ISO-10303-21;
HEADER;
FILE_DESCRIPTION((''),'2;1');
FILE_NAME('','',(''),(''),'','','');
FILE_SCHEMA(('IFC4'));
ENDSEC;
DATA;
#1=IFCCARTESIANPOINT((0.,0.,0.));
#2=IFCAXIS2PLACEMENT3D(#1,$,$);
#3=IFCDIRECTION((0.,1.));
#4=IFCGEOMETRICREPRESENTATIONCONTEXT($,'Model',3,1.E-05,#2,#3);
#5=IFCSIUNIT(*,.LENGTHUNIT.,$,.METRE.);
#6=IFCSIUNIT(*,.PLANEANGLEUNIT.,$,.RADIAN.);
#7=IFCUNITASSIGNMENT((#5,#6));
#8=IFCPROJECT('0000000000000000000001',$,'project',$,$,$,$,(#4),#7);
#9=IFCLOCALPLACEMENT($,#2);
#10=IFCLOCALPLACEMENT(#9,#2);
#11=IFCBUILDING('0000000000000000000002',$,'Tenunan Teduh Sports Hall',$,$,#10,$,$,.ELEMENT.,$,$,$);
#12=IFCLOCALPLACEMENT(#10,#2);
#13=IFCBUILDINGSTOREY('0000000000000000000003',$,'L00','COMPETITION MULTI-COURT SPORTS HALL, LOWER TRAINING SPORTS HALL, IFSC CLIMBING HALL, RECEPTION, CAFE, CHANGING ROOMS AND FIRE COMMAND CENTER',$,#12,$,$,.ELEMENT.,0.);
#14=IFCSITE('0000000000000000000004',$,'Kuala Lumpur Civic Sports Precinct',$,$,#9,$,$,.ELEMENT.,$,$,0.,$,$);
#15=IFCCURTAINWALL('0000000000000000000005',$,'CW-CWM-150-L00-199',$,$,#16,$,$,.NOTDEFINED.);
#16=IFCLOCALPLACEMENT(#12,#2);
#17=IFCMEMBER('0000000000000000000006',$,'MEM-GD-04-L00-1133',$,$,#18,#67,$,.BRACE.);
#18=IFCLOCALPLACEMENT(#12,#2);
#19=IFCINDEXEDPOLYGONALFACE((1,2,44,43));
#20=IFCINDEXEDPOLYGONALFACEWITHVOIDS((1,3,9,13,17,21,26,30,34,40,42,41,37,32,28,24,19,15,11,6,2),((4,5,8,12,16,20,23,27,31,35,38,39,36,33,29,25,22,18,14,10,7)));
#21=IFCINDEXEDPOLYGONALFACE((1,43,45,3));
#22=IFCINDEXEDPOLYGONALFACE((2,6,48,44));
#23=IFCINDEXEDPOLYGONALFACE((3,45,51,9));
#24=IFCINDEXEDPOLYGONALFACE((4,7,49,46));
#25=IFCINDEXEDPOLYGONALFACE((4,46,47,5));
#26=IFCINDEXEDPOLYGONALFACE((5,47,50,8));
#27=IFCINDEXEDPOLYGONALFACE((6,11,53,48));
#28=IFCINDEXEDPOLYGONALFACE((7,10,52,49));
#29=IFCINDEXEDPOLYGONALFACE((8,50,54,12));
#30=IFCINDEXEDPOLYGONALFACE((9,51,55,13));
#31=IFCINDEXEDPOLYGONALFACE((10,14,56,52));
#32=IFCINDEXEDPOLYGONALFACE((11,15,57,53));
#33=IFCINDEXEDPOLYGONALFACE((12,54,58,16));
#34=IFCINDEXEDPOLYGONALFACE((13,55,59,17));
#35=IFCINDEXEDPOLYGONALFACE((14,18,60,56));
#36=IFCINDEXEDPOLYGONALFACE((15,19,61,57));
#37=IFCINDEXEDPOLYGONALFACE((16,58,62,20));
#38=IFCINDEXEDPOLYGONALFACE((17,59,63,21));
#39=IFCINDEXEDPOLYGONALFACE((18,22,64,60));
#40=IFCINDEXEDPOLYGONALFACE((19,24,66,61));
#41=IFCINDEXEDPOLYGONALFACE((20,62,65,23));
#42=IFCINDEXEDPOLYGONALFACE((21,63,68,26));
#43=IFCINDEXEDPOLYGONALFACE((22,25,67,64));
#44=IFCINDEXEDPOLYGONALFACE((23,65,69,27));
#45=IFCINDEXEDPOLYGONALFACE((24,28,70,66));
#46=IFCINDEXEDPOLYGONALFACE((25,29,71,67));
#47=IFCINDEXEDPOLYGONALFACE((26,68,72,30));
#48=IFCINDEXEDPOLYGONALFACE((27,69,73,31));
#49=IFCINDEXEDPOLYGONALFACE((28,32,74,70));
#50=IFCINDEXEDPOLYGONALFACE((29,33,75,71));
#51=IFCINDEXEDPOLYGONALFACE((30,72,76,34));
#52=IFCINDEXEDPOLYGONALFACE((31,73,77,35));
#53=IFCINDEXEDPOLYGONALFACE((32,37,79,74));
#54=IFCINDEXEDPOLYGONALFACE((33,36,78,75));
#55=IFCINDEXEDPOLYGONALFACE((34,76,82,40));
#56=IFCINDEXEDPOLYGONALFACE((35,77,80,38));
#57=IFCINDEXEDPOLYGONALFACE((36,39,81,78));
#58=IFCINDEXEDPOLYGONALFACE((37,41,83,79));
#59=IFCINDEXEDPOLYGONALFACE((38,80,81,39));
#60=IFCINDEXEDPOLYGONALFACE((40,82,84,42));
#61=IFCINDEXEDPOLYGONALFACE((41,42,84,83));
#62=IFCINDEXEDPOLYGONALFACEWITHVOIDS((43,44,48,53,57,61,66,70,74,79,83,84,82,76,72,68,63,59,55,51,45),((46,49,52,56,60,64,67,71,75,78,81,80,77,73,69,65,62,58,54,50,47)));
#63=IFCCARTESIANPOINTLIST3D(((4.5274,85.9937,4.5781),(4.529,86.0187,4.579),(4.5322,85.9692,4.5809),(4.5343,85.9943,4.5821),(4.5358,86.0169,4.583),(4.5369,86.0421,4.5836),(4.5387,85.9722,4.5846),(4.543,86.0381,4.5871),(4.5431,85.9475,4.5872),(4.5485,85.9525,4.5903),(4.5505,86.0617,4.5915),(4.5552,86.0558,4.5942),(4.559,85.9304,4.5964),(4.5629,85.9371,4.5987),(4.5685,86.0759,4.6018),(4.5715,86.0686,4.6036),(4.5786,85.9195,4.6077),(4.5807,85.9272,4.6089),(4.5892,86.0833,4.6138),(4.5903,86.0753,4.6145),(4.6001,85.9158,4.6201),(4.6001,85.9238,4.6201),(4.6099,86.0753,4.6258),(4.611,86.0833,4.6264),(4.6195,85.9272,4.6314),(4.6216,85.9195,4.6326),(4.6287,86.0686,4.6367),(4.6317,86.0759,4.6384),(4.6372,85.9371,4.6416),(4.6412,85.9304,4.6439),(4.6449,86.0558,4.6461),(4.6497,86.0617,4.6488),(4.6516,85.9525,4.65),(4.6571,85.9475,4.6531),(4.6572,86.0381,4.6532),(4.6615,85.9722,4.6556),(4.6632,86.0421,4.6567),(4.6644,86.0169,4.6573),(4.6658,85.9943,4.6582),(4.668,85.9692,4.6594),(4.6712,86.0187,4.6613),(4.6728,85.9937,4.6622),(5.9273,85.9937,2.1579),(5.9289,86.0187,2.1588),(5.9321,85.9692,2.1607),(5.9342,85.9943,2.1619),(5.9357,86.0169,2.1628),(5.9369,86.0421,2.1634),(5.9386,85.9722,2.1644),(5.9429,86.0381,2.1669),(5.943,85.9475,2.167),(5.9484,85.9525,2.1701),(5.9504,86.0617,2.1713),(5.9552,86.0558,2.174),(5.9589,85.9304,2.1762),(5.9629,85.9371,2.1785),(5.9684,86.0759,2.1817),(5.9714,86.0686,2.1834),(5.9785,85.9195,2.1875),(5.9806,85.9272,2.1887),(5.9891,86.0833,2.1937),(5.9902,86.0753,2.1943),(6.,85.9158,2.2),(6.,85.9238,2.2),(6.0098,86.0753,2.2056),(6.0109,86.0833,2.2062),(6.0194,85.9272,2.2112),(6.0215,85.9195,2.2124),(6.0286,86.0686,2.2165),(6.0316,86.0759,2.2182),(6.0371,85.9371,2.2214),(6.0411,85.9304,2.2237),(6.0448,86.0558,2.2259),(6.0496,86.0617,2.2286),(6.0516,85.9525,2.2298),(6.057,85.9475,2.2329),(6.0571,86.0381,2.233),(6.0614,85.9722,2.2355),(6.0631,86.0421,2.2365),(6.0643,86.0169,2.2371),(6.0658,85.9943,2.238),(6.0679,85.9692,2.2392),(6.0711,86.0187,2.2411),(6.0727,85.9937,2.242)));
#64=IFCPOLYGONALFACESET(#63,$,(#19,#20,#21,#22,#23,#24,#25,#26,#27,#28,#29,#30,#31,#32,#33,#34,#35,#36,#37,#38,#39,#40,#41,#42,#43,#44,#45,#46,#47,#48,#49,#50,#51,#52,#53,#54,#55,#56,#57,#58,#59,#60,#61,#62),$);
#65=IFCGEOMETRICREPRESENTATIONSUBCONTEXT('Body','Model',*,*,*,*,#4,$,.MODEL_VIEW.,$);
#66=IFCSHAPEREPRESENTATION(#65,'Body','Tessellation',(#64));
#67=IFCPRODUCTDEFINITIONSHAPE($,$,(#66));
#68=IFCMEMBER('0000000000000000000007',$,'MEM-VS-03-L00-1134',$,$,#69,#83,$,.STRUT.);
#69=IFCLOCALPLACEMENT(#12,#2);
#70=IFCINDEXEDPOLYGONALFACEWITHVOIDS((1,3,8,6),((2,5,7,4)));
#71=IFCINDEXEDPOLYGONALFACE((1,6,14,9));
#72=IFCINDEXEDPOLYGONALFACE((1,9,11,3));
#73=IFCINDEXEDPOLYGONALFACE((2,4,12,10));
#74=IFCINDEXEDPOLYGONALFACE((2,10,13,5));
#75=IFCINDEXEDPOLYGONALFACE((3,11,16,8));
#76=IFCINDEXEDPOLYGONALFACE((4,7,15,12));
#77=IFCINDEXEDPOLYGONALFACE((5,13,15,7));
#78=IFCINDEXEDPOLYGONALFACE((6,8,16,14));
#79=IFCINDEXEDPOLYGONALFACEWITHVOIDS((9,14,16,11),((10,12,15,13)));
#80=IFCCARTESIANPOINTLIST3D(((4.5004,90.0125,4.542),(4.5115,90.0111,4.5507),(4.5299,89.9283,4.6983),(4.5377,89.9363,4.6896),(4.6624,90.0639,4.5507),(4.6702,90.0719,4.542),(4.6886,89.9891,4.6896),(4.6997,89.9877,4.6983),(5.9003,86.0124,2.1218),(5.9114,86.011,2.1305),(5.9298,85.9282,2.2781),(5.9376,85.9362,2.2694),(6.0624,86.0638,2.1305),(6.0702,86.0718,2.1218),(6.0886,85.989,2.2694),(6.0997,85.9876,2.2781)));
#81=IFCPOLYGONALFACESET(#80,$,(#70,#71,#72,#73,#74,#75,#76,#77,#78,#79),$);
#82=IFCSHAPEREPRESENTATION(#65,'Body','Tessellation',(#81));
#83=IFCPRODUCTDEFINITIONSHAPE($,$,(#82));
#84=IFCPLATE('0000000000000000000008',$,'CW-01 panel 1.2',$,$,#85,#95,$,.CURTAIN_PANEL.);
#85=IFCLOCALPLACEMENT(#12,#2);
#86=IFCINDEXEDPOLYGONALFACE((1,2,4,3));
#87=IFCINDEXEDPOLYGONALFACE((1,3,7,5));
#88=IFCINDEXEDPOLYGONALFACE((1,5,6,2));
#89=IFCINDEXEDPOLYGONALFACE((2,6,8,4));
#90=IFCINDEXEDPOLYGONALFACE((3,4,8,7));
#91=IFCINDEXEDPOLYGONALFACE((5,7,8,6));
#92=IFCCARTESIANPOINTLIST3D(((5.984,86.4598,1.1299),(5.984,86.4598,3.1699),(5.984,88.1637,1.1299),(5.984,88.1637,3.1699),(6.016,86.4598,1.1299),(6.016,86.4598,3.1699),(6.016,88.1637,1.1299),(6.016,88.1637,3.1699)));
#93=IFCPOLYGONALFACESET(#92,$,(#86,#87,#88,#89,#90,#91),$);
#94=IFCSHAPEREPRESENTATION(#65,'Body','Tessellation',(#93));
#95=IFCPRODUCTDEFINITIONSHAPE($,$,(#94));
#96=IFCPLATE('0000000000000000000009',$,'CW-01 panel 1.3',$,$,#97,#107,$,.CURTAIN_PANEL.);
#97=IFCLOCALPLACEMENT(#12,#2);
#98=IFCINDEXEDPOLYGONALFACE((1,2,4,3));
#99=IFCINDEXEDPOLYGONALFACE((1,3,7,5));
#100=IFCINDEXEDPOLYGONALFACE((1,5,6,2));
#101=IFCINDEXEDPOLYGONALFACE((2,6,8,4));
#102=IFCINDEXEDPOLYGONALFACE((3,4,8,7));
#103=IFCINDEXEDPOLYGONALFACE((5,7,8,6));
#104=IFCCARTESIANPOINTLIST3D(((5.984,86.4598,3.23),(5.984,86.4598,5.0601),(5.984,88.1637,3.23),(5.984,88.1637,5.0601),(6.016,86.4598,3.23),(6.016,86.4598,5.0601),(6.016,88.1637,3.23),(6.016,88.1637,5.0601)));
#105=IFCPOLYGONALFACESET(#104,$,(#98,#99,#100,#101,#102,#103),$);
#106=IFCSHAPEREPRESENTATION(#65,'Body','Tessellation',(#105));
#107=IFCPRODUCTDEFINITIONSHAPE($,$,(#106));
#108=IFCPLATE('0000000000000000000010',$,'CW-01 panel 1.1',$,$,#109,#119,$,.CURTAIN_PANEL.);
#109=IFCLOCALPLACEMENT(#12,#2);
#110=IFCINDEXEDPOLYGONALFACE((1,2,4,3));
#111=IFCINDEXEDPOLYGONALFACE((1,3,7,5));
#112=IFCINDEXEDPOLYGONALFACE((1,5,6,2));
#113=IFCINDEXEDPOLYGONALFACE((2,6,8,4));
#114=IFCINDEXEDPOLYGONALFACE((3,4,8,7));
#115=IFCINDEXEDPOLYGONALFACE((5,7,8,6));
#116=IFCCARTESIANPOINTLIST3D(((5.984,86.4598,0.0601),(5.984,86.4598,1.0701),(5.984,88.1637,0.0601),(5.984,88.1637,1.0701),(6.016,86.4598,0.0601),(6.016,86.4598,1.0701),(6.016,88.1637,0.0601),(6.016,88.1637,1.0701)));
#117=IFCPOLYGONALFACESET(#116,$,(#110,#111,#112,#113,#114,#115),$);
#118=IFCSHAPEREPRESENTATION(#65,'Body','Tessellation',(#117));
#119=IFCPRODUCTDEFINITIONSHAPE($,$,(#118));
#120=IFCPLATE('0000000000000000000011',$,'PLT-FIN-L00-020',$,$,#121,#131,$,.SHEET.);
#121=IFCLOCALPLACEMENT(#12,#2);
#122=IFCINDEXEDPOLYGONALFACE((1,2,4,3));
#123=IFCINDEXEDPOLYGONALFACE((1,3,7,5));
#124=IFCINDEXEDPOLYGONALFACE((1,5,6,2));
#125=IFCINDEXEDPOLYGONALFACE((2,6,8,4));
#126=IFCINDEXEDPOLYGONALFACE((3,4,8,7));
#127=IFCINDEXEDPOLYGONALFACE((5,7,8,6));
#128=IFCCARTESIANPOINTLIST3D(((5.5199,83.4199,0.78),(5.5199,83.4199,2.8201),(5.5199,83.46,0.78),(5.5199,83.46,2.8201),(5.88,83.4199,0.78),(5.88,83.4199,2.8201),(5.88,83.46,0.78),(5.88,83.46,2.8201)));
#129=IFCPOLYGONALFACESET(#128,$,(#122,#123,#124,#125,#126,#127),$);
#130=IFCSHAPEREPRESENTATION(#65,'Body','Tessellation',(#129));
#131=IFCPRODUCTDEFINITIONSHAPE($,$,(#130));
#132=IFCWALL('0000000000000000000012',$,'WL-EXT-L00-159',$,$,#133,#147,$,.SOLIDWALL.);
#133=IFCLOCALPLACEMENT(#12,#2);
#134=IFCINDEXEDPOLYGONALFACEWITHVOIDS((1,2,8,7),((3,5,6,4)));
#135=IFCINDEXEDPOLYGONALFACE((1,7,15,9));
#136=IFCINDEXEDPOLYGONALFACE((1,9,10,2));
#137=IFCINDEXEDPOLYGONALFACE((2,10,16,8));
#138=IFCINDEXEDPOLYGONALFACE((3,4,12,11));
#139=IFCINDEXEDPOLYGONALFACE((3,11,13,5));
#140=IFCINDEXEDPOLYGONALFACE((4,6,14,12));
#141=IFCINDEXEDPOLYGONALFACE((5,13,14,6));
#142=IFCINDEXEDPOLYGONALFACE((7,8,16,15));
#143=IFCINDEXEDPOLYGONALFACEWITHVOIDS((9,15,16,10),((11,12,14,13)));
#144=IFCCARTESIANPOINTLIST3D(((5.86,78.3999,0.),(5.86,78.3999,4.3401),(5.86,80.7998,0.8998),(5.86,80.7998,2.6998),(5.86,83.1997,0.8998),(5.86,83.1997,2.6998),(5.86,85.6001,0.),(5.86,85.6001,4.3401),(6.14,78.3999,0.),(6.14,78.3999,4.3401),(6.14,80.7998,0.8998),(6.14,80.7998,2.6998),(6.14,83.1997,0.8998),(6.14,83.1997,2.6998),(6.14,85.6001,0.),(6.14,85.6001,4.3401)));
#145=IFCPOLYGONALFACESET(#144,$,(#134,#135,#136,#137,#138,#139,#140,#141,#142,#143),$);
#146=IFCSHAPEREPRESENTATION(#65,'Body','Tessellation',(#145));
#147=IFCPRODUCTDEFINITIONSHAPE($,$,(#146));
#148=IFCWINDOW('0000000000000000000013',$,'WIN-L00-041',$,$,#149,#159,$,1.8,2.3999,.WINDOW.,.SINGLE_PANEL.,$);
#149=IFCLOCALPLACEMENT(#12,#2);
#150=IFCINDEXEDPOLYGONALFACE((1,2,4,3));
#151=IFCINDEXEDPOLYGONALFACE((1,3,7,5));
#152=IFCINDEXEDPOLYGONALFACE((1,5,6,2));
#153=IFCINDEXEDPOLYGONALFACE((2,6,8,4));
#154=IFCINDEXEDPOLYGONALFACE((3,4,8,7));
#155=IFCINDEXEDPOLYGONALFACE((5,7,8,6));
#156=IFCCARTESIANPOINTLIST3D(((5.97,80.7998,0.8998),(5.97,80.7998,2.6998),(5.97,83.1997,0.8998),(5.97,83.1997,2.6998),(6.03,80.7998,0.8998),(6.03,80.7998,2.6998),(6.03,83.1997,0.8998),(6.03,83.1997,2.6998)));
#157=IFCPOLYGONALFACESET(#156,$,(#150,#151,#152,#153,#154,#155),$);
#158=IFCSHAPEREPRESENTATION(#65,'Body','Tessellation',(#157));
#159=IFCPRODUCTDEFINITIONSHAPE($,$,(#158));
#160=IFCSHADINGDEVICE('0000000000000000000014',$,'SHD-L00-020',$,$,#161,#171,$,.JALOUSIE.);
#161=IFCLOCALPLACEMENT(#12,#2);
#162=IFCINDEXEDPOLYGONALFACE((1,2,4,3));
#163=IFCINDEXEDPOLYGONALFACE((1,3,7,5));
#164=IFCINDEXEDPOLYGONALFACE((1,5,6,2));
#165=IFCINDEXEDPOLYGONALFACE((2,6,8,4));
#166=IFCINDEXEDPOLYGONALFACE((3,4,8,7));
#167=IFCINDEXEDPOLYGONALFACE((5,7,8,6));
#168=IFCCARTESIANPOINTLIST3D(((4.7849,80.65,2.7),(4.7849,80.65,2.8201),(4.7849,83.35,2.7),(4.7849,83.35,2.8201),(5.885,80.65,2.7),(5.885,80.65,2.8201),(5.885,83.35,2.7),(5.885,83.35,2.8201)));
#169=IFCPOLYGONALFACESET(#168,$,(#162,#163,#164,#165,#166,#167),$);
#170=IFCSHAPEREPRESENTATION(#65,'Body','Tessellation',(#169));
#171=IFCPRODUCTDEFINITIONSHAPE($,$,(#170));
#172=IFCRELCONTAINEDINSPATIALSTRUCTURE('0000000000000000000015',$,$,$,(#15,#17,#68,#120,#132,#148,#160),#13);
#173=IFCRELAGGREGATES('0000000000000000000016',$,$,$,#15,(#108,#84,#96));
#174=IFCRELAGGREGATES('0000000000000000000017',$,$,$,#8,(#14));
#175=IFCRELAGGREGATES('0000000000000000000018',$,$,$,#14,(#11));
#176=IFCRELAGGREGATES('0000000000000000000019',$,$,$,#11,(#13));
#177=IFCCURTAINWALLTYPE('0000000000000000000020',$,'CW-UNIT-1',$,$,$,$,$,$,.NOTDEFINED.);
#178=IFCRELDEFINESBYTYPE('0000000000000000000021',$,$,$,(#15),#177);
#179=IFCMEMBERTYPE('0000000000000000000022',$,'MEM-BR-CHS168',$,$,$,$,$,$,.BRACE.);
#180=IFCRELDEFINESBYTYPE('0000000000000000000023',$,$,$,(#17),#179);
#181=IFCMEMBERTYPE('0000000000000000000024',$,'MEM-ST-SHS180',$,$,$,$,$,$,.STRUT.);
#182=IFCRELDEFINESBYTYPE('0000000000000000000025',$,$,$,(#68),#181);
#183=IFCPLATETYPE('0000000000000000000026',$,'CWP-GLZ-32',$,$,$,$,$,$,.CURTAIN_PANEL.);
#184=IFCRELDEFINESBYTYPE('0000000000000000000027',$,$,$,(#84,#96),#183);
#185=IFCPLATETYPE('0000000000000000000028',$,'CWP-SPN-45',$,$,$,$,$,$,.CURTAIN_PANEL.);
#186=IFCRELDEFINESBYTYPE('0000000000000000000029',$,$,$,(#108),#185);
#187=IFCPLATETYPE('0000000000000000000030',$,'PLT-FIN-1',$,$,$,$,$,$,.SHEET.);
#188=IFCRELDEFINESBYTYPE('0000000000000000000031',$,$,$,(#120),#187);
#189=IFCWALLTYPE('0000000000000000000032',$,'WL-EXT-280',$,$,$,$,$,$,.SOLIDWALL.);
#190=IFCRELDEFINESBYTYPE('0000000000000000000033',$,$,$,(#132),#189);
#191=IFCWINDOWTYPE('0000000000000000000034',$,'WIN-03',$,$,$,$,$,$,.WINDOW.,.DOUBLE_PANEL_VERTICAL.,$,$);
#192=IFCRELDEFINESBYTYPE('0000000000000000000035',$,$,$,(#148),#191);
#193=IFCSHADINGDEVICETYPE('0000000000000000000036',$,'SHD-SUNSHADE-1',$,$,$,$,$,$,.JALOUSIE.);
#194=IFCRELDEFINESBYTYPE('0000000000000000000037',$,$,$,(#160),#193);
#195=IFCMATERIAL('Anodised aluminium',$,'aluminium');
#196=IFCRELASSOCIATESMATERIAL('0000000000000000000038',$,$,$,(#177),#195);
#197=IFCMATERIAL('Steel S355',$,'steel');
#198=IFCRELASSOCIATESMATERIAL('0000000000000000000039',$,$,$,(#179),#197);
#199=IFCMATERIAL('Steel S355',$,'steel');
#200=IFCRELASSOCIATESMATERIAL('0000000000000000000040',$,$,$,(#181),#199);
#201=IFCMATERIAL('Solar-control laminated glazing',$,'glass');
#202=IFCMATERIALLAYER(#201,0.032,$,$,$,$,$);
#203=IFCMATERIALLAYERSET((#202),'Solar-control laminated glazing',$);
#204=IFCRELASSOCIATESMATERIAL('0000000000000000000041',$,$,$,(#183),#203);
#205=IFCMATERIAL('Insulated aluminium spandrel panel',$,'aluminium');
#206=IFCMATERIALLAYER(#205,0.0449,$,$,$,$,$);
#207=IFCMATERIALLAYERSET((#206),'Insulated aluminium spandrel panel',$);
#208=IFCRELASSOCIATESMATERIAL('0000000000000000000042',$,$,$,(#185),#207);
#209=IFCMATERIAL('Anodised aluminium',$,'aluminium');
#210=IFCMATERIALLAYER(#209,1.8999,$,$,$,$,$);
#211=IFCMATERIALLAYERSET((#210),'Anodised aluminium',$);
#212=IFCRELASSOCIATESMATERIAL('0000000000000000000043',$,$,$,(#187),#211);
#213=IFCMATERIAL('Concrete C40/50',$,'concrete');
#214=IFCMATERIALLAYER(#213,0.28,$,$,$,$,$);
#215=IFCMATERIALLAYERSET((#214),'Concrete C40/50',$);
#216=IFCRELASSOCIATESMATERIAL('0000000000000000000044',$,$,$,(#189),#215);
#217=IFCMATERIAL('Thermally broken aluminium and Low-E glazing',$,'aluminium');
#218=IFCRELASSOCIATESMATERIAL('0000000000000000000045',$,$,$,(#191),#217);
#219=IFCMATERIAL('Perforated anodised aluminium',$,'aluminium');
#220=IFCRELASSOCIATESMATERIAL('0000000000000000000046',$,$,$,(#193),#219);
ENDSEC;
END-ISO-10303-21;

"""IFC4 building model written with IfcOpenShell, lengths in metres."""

from ifc_helpers import new_model, si_unit, direction, frame, frame_2d, origin, origin_2d, place, context, subcontext, project, spatial, rectangle, hollow_rectangle, hollow_circle, extrude, material, layer, layer_set, material_profile, profile_set, type_object, element, fill, aggregate, save


model = new_model("IFC4")

# Units and contexts
model_context = context("Model", 3, precision=1e-05, world=origin(), true_north=direction((0.0, 1.0)))
body_context = subcontext(model_context, "Body", "Model", "MODEL_VIEW")
ifc_project = project(units=[si_unit("LENGTHUNIT", "METRE"), si_unit("PLANEANGLEUNIT", "RADIAN")], contexts=[model_context])

# Site, building, storey
site_placement = place(None, origin())
site = spatial("IfcSite", under=ifc_project, at=site_placement, Name="Kuala Lumpur Civic Sports Precinct", CompositionType="ELEMENT", RefElevation=0.0)
building_placement = place(site_placement, origin())
building = spatial("IfcBuilding", under=site, at=building_placement, Name="Tenunan Teduh Sports Hall", CompositionType="ELEMENT")
storey_placement = place(building_placement, origin())
storey = spatial("IfcBuildingStorey", under=building, at=storey_placement, Name="L00", Description="COMPETITION MULTI-COURT SPORTS HALL, LOWER TRAINING SPORTS HALL, IFSC CLIMBING HALL, RECEPTION, CAFE, CHANGING ROOMS AND FIRE COMMAND CENTER", CompositionType="ELEMENT", Elevation=0.0)

# Curtain wall
ifc_material_1 = material(Name="Anodised aluminium", Category="aluminium")
curtain_wall_type = type_object("IfcCurtainWallType", Name="CW-UNIT-1", PredefinedType="NOTDEFINED", material=ifc_material_1)
curtain_wall_placement = place(storey_placement, origin())
curtain_wall = element("IfcCurtainWall", 1, at=curtain_wall_placement, inside=storey, type_object=curtain_wall_type, Name="CW-CWM-150-L00-199", PredefinedType="NOTDEFINED")

# Members
ifc_material_2 = material(Name="Steel S355", Category="steel")
ifc_material_profile_1 = material_profile(ifc_material_2, hollow_circle(Radius=0.0842, WallThickness=0.0081, at=origin_2d()), Name="CHS 168.3x8.0")
ifc_profile_set_1 = profile_set([ifc_material_profile_1], Name="Steel S355")
member_type_1 = type_object("IfcMemberType", Name="MEM-BR-CHS168", PredefinedType="BRACE", material=ifc_profile_set_1)
member_1_placement = place(storey_placement, frame((6.0, 86.0, 2.2), z_axis=(-0.500702, 0.0, 0.86562), x_axis=(0.0, -1.0, 0.0)))
element("IfcMember", 2, at=member_1_placement, inside=storey, type_object=member_type_1, Name="MEM-GD-04-L00-1133", PredefinedType="BRACE", context=body_context, shape_type="SweptSolid", body=[
    extrude(hollow_circle(Radius=0.0842, WallThickness=0.0081, at=origin_2d()), origin(), (0.0, 0.0, 1.0), 2.7959),
])
ifc_material_3 = material(Name="Steel S355", Category="steel")
ifc_material_profile_2 = material_profile(ifc_material_3, hollow_rectangle(XDim=0.1799, YDim=0.1799, WallThickness=0.01, at=origin_2d()), Name="SHS 180x180x10.0")
ifc_profile_set_2 = profile_set([ifc_material_profile_2], Name="Steel S355")
member_type_2 = type_object("IfcMemberType", Name="MEM-ST-SHS180", PredefinedType="STRUT", material=ifc_profile_set_2)
member_2_placement = place(storey_placement, frame((6.0, 86.0, 2.2), z_axis=(-0.28685, 0.819629, 0.495909), x_axis=(-0.943866, -0.33033, 0.0)))
element("IfcMember", 3, at=member_2_placement, inside=storey, type_object=member_type_2, Name="MEM-VS-03-L00-1134", PredefinedType="STRUT", context=body_context, shape_type="SweptSolid", body=[
    extrude(hollow_rectangle(XDim=0.1799, YDim=0.1799, WallThickness=0.01, at=origin_2d()), origin(), (0.0, 0.0, 1.0), 4.8804),
])

# Plates
ifc_material_4 = material(Name="Solar-control laminated glazing", Category="glass")
ifc_layer_1 = layer(ifc_material_4, 0.032)
ifc_layer_set_1 = layer_set([ifc_layer_1], Name="Solar-control laminated glazing")
plate_type_1 = type_object("IfcPlateType", Name="CWP-GLZ-32", PredefinedType="CURTAIN_PANEL", material=ifc_layer_set_1)
plate_1_placement = place(storey_placement, frame((6.0, 87.3118, 1.1299), z_axis=(0.0, 0.0, 1.0), x_axis=(0.0, 1.0, 0.0)))
plate_1 = element("IfcPlate", 4, at=plate_1_placement, type_object=plate_type_1, Name="CW-01 panel 1.2", PredefinedType="CURTAIN_PANEL", context=body_context, shape_type="SweptSolid", body=[
    extrude(rectangle(XDim=1.7039, YDim=0.032, at=origin_2d()), origin(), (0.0, 0.0, 1.0), 2.04),
])
plate_2_placement = place(storey_placement, frame((6.0, 87.3118, 3.23), z_axis=(0.0, 0.0, 1.0), x_axis=(0.0, 1.0, 0.0)))
plate_2 = element("IfcPlate", 5, at=plate_2_placement, type_object=plate_type_1, Name="CW-01 panel 1.3", PredefinedType="CURTAIN_PANEL", context=body_context, shape_type="SweptSolid", body=[
    extrude(rectangle(XDim=1.7039, YDim=0.032, at=origin_2d()), origin(), (0.0, 0.0, 1.0), 1.8301),
])
ifc_material_5 = material(Name="Insulated aluminium spandrel panel", Category="aluminium")
ifc_layer_2 = layer(ifc_material_5, 0.0449)
ifc_layer_set_2 = layer_set([ifc_layer_2], Name="Insulated aluminium spandrel panel")
plate_type_2 = type_object("IfcPlateType", Name="CWP-SPN-45", PredefinedType="CURTAIN_PANEL", material=ifc_layer_set_2)
plate_3_placement = place(storey_placement, frame((6.0, 87.3118, 0.0601), z_axis=(0.0, 0.0, 1.0), x_axis=(0.0, 1.0, 0.0)))
plate_3 = element("IfcPlate", 6, at=plate_3_placement, type_object=plate_type_2, Name="CW-01 panel 1.1", PredefinedType="CURTAIN_PANEL", context=body_context, shape_type="SweptSolid", body=[
    extrude(rectangle(XDim=1.7039, YDim=0.032, at=origin_2d()), origin(), (0.0, 0.0, 1.0), 1.01),
])
aggregate(curtain_wall, [plate_3, plate_1, plate_2])
ifc_material_6 = material(Name="Anodised aluminium", Category="aluminium")
ifc_layer_3 = layer(ifc_material_6, 1.8999)
ifc_layer_set_3 = layer_set([ifc_layer_3], Name="Anodised aluminium")
plate_type_3 = type_object("IfcPlateType", Name="PLT-FIN-1", PredefinedType="SHEET", material=ifc_layer_set_3)
plate_4_placement = place(storey_placement, frame((5.7, 83.4399, 0.78), z_axis=(0.0, 0.0, 1.0), x_axis=(0.0, 1.0, 0.0)))
element("IfcPlate", 7, at=plate_4_placement, inside=storey, type_object=plate_type_3, Name="PLT-FIN-L00-020", PredefinedType="SHEET", context=body_context, shape_type="SweptSolid", body=[
    extrude(rectangle(XDim=0.04, YDim=0.3601, at=origin_2d()), origin(), (0.0, 0.0, 1.0), 2.04),
])

# Wall, opening, window
ifc_material_7 = material(Name="Concrete C40/50", Category="concrete")
ifc_layer_4 = layer(ifc_material_7, 0.28)
ifc_layer_set_4 = layer_set([ifc_layer_4], Name="Concrete C40/50")
wall_type = type_object("IfcWallType", Name="WL-EXT-280", PredefinedType="SOLIDWALL", material=ifc_layer_set_4)
wall_placement = place(storey_placement, frame((6.0, 78.3999, 0.0), z_axis=(0.0, 0.0, 1.0), x_axis=(0.0, 1.0, 0.0)))
wall = element("IfcWall", 8, at=wall_placement, inside=storey, type_object=wall_type, Name="WL-EXT-L00-159", PredefinedType="SOLIDWALL", context=body_context, shape_type="SweptSolid", body=[
    extrude(rectangle(XDim=7.2002, YDim=0.28, at=frame_2d((3.6001, 0.0))), origin(), (0.0, 0.0, 1.0), 4.3401),
])
opening_placement = place(wall_placement, frame((2.3999, 0.0, 0.8999)))
opening = element("IfcOpeningElement", 9, at=opening_placement, cuts=wall, PredefinedType="OPENING", context=body_context, shape_type="SweptSolid", body=[
    extrude(rectangle(XDim=2.3999, YDim=1.8, at=frame_2d((1.2, 0.8999))), frame((0.0, 0.1499, 0.0), z_axis=(0.0, -1.0, 0.0), x_axis=(1.0, 0.0, 0.0)), (0.0, 0.0, 1.0), 0.3),
])
ifc_material_8 = material(Name="Thermally broken aluminium and Low-E glazing", Category="aluminium")
window_type = type_object("IfcWindowType", Name="WIN-03", PartitioningType="DOUBLE_PANEL_VERTICAL", PredefinedType="WINDOW", material=ifc_material_8)
window_placement = place(opening_placement, origin())
window = element("IfcWindow", 10, at=window_placement, inside=storey, type_object=window_type, Name="WIN-L00-041", OverallHeight=1.8, OverallWidth=2.3999, PartitioningType="SINGLE_PANEL", PredefinedType="WINDOW", context=body_context, shape_type="SweptSolid", body=[
    extrude(rectangle(XDim=2.3999, YDim=1.8, at=frame_2d((1.2, 0.8999))), frame((0.0, 0.03, 0.0), z_axis=(0.0, -1.0, 0.0), x_axis=(1.0, 0.0, 0.0)), (0.0, 0.0, 1.0), 0.0601),
])
fill(opening, window)

# Shading device
ifc_material_9 = material(Name="Perforated anodised aluminium", Category="aluminium")
shading_device_type = type_object("IfcShadingDeviceType", Name="SHD-SUNSHADE-1", PredefinedType="JALOUSIE", material=ifc_material_9)
shading_device_placement = place(storey_placement, frame((5.335, 82.0, 2.7), z_axis=(0.0, 0.0, 1.0), x_axis=(0.0, 1.0, 0.0)))
element("IfcShadingDevice", 11, at=shading_device_placement, inside=storey, type_object=shading_device_type, Name="SHD-L00-020", PredefinedType="JALOUSIE", context=body_context, shape_type="SweptSolid", body=[
    extrude(rectangle(XDim=2.7, YDim=1.1001, at=origin_2d()), origin(), (0.0, 0.0, 1.0), 0.1201),
])

save(model, "model.ifc")
